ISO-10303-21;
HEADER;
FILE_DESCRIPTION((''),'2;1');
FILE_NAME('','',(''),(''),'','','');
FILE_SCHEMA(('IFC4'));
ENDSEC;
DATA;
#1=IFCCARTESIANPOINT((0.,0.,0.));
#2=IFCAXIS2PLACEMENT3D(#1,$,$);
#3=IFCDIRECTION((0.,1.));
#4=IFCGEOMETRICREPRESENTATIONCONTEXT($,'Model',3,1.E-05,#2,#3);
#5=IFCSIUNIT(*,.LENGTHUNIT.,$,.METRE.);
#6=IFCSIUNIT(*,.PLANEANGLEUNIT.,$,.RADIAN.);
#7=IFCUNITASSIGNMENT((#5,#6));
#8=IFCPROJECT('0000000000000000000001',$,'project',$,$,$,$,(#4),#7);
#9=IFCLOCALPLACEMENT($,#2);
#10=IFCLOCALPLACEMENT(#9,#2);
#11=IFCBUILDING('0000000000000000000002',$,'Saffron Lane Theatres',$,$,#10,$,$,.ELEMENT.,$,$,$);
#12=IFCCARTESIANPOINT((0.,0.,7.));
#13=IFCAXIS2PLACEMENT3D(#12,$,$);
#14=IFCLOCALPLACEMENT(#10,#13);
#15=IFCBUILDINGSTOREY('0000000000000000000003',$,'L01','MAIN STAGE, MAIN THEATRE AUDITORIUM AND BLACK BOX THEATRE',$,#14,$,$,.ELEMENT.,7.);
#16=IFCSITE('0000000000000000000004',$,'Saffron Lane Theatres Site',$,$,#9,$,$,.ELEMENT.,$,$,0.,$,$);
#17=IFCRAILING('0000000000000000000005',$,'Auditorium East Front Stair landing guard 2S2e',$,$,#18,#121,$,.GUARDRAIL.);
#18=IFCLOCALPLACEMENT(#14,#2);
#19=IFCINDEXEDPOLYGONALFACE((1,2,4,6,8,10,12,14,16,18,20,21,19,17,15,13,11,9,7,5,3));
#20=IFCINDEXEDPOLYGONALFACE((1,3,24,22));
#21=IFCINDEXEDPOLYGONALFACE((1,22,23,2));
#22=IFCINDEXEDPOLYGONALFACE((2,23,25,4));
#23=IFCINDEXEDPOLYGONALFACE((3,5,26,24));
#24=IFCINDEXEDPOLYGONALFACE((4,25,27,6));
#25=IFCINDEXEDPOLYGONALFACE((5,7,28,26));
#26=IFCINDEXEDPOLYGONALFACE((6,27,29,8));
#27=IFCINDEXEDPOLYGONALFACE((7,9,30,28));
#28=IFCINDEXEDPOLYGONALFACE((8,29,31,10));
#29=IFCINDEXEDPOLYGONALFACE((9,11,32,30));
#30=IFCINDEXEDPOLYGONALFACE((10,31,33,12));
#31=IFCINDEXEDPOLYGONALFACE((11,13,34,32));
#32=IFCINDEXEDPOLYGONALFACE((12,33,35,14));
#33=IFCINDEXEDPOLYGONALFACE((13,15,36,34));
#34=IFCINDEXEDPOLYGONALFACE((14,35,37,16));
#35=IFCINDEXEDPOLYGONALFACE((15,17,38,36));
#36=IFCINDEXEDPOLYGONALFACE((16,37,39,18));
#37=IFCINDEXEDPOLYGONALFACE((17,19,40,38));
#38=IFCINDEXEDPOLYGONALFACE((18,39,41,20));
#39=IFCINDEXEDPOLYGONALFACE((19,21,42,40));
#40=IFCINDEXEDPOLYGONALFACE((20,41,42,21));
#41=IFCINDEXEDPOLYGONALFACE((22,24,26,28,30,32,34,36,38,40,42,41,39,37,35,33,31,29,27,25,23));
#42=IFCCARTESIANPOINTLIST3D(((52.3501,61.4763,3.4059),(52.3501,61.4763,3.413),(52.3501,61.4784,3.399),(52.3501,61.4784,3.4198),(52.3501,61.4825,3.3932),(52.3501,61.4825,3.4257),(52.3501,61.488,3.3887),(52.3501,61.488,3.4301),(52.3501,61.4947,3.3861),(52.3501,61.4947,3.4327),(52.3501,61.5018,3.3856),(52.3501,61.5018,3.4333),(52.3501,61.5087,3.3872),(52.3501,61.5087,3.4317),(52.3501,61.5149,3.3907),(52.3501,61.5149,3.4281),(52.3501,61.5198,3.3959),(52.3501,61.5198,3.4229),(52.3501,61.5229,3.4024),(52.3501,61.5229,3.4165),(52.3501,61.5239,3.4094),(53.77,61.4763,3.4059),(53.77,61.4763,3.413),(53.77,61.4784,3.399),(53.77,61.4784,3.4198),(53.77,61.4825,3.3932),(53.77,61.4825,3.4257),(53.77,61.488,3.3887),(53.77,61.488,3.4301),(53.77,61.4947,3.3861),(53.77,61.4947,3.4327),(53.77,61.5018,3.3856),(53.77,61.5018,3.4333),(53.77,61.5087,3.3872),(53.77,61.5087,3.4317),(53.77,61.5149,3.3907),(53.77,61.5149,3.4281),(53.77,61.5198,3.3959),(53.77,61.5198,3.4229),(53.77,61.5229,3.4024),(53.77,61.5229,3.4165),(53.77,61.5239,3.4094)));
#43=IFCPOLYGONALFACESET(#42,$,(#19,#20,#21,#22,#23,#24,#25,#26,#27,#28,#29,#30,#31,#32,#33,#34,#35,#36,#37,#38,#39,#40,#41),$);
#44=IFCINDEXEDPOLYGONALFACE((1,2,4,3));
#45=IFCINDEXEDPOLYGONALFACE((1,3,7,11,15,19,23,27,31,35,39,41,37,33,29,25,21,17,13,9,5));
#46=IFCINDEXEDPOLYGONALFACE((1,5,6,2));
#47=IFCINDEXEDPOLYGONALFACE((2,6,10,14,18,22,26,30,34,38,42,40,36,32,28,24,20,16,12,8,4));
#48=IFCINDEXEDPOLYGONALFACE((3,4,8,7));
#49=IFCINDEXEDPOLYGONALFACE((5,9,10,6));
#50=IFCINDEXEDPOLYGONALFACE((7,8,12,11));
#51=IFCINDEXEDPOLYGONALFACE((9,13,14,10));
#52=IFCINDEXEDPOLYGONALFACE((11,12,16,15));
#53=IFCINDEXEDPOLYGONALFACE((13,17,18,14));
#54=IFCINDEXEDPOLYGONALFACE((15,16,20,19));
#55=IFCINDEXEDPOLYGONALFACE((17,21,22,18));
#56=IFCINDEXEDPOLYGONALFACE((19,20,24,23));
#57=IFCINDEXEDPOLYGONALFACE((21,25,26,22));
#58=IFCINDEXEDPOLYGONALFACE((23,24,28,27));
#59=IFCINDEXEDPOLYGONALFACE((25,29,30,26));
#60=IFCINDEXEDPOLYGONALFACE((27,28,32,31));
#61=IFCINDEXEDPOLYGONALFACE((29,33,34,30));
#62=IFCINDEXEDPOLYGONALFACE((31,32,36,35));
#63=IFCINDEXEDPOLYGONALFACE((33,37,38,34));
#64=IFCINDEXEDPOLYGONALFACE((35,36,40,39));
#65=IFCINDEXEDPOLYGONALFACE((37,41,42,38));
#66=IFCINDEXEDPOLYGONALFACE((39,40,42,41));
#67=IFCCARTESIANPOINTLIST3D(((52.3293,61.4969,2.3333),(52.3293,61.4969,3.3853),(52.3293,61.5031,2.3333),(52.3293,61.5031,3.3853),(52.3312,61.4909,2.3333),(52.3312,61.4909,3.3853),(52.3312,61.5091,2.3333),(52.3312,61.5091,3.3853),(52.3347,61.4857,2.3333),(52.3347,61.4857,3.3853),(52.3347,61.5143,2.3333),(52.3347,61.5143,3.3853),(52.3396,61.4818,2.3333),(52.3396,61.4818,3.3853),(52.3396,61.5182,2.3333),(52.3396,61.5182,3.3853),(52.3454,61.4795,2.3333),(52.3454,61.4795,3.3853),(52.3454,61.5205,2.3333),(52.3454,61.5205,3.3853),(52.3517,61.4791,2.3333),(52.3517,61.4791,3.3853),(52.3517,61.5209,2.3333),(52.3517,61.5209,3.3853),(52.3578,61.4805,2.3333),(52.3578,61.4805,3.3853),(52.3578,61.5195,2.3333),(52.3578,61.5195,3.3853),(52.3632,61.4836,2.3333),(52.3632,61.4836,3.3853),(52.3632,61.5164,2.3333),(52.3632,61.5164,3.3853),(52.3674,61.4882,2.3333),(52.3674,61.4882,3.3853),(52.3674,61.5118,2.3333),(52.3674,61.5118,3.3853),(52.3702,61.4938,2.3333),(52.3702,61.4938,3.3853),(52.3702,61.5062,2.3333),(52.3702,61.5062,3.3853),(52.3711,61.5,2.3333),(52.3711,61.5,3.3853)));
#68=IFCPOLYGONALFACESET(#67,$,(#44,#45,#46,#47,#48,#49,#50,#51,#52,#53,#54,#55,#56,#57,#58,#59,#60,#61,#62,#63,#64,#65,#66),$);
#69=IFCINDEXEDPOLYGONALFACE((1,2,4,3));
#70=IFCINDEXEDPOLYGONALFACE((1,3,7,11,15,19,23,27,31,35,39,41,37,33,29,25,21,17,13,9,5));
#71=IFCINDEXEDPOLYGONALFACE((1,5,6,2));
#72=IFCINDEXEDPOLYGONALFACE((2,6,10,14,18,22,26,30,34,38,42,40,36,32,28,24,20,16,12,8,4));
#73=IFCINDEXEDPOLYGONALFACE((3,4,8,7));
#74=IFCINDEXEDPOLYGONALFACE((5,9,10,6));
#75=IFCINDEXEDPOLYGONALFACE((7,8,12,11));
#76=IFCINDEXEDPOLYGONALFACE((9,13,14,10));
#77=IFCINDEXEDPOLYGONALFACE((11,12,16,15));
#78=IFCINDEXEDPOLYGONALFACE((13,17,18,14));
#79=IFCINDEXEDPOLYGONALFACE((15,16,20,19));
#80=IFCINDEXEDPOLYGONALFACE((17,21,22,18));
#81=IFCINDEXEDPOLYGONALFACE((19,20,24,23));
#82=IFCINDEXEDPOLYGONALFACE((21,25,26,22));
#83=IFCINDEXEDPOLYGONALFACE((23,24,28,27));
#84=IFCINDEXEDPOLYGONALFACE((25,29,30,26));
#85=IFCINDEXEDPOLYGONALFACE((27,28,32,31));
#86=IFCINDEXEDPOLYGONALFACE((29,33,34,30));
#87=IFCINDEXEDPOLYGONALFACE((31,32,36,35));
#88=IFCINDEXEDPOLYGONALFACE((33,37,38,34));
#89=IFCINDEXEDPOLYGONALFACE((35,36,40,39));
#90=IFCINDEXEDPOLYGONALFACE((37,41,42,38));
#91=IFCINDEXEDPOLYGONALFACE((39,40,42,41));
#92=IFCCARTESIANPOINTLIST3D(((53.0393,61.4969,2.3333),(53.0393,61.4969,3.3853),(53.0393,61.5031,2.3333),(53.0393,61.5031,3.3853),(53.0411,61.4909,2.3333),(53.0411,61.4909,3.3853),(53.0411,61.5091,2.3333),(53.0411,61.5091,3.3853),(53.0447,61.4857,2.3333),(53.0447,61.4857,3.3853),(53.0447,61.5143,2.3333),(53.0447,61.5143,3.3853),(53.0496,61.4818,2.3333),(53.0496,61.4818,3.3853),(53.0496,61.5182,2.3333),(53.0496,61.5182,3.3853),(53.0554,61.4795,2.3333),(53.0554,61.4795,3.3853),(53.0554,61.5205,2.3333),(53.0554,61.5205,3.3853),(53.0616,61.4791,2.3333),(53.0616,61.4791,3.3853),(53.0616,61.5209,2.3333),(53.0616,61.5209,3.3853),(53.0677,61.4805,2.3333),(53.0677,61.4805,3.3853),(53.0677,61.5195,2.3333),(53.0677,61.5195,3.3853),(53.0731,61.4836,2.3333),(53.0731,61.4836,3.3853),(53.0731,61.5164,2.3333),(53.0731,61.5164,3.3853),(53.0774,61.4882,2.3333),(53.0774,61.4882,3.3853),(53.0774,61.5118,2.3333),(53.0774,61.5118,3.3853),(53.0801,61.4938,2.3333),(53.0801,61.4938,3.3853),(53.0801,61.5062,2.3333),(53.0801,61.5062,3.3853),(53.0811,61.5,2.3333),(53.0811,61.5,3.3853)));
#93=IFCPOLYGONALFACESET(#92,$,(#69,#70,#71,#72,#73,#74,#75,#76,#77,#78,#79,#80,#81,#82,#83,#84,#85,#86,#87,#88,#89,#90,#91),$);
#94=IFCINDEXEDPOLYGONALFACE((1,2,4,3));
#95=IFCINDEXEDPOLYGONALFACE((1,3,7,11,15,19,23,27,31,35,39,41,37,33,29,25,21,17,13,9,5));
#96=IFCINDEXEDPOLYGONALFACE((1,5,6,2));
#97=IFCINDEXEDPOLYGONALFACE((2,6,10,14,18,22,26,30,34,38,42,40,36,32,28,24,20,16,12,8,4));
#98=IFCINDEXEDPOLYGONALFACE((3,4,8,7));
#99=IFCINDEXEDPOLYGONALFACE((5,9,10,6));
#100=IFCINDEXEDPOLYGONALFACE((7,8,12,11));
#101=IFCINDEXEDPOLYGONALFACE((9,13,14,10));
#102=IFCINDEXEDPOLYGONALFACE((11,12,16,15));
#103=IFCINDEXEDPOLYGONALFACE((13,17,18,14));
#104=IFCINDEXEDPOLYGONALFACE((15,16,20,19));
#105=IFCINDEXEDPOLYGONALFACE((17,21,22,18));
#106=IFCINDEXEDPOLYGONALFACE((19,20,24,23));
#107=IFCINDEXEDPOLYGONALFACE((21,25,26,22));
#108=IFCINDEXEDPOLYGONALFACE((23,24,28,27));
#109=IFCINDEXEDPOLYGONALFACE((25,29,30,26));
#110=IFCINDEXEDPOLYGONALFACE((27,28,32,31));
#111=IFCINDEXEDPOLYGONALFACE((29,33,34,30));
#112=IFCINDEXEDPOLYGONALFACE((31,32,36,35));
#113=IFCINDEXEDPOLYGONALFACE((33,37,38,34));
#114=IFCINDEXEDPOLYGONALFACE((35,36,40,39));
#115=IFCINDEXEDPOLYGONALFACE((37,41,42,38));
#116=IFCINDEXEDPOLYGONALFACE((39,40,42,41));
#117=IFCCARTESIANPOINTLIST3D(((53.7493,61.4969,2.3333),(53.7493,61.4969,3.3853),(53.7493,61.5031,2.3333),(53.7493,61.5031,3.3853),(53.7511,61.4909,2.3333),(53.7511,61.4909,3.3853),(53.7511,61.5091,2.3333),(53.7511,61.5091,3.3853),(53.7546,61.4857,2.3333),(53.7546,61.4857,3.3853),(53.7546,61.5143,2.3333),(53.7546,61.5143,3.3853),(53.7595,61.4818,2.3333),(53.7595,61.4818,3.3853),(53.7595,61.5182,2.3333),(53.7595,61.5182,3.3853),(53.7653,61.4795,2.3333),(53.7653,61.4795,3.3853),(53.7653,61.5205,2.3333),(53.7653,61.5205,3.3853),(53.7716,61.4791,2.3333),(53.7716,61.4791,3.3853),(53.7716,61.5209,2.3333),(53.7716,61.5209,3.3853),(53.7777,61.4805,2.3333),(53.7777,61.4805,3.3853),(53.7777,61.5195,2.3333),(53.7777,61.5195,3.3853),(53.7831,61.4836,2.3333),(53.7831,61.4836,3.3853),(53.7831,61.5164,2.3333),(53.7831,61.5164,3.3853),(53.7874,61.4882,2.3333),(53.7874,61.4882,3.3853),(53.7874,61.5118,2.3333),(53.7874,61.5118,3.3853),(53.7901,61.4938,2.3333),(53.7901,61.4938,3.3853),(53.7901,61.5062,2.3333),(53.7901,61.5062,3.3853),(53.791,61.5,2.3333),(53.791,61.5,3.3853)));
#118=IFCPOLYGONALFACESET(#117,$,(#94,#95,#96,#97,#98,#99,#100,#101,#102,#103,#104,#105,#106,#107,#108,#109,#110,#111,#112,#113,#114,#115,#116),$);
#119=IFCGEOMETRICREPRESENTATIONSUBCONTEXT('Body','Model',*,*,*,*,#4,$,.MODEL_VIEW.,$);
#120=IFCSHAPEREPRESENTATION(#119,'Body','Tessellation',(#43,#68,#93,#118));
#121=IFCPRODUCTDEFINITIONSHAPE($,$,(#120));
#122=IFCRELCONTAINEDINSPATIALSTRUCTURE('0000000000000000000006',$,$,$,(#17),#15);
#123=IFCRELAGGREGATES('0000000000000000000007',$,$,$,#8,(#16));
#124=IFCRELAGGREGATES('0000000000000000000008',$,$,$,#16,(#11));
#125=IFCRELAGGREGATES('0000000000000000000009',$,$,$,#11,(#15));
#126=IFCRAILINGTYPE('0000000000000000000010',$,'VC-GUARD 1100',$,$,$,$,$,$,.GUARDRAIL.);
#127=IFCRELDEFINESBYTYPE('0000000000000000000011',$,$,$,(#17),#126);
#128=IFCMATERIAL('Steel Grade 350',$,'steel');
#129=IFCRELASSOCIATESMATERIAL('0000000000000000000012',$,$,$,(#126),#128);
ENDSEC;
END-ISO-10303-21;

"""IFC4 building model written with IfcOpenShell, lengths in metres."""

from ifc_helpers import new_model, si_unit, direction, frame, origin, origin_2d, place, context, subcontext, project, spatial, circle, extrude, material, type_object, element, save


model = new_model("IFC4")

# Units and contexts
model_context = context("Model", 3, precision=1e-05, world=origin(), true_north=direction((0.0, 1.0)))
body_context = subcontext(model_context, "Body", "Model", "MODEL_VIEW")
ifc_project = project(units=[si_unit("LENGTHUNIT", "METRE"), si_unit("PLANEANGLEUNIT", "RADIAN")], contexts=[model_context])

# Site, building, storey
site_placement = place(None, origin())
site = spatial("IfcSite", under=ifc_project, at=site_placement, Name="Saffron Lane Theatres Site", CompositionType="ELEMENT", RefElevation=0.0)
building_placement = place(site_placement, origin())
building = spatial("IfcBuilding", under=site, at=building_placement, Name="Saffron Lane Theatres", CompositionType="ELEMENT")
storey_placement = place(building_placement, frame((0.0, 0.0, 7.0)))
storey = spatial("IfcBuildingStorey", under=building, at=storey_placement, Name="L01", Description="MAIN STAGE, MAIN THEATRE AUDITORIUM AND BLACK BOX THEATRE", CompositionType="ELEMENT", Elevation=7.0)

# Railing
ifc_material_1 = material(Name="Steel Grade 350", Category="steel")
railing_type_1 = type_object("IfcRailingType", Name="VC-GUARD 1100", PredefinedType="GUARDRAIL", material=ifc_material_1)
railing_1_placement = place(storey_placement, frame((52.3501, 61.5, 2.3333)))
element("IfcRailing", 1, at=railing_1_placement, inside=storey, type_object=railing_type_1, Name="Auditorium East Front Stair landing guard 2S2e", PredefinedType="GUARDRAIL", context=body_context, shape_type="SweptSolid", body=[
    extrude(circle(Radius=0.0239, at=origin_2d()), frame((0.0, 0.0, 1.0762), z_axis=(1.0, 0.0, 0.0), x_axis=(0.0, 1.0, 0.0)), (0.0, 0.0, 1.0), 1.4199),
    extrude(circle(Radius=0.021, at=origin_2d()), origin(), (0.0, 0.0, 1.0), 1.052),
    extrude(circle(Radius=0.021, at=origin_2d()), frame((0.71, 0.0, 0.0)), (0.0, 0.0, 1.0), 1.052),
    extrude(circle(Radius=0.021, at=origin_2d()), frame((1.4199, 0.0, 0.0)), (0.0, 0.0, 1.0), 1.052),
])

save(model, "model.ifc")
